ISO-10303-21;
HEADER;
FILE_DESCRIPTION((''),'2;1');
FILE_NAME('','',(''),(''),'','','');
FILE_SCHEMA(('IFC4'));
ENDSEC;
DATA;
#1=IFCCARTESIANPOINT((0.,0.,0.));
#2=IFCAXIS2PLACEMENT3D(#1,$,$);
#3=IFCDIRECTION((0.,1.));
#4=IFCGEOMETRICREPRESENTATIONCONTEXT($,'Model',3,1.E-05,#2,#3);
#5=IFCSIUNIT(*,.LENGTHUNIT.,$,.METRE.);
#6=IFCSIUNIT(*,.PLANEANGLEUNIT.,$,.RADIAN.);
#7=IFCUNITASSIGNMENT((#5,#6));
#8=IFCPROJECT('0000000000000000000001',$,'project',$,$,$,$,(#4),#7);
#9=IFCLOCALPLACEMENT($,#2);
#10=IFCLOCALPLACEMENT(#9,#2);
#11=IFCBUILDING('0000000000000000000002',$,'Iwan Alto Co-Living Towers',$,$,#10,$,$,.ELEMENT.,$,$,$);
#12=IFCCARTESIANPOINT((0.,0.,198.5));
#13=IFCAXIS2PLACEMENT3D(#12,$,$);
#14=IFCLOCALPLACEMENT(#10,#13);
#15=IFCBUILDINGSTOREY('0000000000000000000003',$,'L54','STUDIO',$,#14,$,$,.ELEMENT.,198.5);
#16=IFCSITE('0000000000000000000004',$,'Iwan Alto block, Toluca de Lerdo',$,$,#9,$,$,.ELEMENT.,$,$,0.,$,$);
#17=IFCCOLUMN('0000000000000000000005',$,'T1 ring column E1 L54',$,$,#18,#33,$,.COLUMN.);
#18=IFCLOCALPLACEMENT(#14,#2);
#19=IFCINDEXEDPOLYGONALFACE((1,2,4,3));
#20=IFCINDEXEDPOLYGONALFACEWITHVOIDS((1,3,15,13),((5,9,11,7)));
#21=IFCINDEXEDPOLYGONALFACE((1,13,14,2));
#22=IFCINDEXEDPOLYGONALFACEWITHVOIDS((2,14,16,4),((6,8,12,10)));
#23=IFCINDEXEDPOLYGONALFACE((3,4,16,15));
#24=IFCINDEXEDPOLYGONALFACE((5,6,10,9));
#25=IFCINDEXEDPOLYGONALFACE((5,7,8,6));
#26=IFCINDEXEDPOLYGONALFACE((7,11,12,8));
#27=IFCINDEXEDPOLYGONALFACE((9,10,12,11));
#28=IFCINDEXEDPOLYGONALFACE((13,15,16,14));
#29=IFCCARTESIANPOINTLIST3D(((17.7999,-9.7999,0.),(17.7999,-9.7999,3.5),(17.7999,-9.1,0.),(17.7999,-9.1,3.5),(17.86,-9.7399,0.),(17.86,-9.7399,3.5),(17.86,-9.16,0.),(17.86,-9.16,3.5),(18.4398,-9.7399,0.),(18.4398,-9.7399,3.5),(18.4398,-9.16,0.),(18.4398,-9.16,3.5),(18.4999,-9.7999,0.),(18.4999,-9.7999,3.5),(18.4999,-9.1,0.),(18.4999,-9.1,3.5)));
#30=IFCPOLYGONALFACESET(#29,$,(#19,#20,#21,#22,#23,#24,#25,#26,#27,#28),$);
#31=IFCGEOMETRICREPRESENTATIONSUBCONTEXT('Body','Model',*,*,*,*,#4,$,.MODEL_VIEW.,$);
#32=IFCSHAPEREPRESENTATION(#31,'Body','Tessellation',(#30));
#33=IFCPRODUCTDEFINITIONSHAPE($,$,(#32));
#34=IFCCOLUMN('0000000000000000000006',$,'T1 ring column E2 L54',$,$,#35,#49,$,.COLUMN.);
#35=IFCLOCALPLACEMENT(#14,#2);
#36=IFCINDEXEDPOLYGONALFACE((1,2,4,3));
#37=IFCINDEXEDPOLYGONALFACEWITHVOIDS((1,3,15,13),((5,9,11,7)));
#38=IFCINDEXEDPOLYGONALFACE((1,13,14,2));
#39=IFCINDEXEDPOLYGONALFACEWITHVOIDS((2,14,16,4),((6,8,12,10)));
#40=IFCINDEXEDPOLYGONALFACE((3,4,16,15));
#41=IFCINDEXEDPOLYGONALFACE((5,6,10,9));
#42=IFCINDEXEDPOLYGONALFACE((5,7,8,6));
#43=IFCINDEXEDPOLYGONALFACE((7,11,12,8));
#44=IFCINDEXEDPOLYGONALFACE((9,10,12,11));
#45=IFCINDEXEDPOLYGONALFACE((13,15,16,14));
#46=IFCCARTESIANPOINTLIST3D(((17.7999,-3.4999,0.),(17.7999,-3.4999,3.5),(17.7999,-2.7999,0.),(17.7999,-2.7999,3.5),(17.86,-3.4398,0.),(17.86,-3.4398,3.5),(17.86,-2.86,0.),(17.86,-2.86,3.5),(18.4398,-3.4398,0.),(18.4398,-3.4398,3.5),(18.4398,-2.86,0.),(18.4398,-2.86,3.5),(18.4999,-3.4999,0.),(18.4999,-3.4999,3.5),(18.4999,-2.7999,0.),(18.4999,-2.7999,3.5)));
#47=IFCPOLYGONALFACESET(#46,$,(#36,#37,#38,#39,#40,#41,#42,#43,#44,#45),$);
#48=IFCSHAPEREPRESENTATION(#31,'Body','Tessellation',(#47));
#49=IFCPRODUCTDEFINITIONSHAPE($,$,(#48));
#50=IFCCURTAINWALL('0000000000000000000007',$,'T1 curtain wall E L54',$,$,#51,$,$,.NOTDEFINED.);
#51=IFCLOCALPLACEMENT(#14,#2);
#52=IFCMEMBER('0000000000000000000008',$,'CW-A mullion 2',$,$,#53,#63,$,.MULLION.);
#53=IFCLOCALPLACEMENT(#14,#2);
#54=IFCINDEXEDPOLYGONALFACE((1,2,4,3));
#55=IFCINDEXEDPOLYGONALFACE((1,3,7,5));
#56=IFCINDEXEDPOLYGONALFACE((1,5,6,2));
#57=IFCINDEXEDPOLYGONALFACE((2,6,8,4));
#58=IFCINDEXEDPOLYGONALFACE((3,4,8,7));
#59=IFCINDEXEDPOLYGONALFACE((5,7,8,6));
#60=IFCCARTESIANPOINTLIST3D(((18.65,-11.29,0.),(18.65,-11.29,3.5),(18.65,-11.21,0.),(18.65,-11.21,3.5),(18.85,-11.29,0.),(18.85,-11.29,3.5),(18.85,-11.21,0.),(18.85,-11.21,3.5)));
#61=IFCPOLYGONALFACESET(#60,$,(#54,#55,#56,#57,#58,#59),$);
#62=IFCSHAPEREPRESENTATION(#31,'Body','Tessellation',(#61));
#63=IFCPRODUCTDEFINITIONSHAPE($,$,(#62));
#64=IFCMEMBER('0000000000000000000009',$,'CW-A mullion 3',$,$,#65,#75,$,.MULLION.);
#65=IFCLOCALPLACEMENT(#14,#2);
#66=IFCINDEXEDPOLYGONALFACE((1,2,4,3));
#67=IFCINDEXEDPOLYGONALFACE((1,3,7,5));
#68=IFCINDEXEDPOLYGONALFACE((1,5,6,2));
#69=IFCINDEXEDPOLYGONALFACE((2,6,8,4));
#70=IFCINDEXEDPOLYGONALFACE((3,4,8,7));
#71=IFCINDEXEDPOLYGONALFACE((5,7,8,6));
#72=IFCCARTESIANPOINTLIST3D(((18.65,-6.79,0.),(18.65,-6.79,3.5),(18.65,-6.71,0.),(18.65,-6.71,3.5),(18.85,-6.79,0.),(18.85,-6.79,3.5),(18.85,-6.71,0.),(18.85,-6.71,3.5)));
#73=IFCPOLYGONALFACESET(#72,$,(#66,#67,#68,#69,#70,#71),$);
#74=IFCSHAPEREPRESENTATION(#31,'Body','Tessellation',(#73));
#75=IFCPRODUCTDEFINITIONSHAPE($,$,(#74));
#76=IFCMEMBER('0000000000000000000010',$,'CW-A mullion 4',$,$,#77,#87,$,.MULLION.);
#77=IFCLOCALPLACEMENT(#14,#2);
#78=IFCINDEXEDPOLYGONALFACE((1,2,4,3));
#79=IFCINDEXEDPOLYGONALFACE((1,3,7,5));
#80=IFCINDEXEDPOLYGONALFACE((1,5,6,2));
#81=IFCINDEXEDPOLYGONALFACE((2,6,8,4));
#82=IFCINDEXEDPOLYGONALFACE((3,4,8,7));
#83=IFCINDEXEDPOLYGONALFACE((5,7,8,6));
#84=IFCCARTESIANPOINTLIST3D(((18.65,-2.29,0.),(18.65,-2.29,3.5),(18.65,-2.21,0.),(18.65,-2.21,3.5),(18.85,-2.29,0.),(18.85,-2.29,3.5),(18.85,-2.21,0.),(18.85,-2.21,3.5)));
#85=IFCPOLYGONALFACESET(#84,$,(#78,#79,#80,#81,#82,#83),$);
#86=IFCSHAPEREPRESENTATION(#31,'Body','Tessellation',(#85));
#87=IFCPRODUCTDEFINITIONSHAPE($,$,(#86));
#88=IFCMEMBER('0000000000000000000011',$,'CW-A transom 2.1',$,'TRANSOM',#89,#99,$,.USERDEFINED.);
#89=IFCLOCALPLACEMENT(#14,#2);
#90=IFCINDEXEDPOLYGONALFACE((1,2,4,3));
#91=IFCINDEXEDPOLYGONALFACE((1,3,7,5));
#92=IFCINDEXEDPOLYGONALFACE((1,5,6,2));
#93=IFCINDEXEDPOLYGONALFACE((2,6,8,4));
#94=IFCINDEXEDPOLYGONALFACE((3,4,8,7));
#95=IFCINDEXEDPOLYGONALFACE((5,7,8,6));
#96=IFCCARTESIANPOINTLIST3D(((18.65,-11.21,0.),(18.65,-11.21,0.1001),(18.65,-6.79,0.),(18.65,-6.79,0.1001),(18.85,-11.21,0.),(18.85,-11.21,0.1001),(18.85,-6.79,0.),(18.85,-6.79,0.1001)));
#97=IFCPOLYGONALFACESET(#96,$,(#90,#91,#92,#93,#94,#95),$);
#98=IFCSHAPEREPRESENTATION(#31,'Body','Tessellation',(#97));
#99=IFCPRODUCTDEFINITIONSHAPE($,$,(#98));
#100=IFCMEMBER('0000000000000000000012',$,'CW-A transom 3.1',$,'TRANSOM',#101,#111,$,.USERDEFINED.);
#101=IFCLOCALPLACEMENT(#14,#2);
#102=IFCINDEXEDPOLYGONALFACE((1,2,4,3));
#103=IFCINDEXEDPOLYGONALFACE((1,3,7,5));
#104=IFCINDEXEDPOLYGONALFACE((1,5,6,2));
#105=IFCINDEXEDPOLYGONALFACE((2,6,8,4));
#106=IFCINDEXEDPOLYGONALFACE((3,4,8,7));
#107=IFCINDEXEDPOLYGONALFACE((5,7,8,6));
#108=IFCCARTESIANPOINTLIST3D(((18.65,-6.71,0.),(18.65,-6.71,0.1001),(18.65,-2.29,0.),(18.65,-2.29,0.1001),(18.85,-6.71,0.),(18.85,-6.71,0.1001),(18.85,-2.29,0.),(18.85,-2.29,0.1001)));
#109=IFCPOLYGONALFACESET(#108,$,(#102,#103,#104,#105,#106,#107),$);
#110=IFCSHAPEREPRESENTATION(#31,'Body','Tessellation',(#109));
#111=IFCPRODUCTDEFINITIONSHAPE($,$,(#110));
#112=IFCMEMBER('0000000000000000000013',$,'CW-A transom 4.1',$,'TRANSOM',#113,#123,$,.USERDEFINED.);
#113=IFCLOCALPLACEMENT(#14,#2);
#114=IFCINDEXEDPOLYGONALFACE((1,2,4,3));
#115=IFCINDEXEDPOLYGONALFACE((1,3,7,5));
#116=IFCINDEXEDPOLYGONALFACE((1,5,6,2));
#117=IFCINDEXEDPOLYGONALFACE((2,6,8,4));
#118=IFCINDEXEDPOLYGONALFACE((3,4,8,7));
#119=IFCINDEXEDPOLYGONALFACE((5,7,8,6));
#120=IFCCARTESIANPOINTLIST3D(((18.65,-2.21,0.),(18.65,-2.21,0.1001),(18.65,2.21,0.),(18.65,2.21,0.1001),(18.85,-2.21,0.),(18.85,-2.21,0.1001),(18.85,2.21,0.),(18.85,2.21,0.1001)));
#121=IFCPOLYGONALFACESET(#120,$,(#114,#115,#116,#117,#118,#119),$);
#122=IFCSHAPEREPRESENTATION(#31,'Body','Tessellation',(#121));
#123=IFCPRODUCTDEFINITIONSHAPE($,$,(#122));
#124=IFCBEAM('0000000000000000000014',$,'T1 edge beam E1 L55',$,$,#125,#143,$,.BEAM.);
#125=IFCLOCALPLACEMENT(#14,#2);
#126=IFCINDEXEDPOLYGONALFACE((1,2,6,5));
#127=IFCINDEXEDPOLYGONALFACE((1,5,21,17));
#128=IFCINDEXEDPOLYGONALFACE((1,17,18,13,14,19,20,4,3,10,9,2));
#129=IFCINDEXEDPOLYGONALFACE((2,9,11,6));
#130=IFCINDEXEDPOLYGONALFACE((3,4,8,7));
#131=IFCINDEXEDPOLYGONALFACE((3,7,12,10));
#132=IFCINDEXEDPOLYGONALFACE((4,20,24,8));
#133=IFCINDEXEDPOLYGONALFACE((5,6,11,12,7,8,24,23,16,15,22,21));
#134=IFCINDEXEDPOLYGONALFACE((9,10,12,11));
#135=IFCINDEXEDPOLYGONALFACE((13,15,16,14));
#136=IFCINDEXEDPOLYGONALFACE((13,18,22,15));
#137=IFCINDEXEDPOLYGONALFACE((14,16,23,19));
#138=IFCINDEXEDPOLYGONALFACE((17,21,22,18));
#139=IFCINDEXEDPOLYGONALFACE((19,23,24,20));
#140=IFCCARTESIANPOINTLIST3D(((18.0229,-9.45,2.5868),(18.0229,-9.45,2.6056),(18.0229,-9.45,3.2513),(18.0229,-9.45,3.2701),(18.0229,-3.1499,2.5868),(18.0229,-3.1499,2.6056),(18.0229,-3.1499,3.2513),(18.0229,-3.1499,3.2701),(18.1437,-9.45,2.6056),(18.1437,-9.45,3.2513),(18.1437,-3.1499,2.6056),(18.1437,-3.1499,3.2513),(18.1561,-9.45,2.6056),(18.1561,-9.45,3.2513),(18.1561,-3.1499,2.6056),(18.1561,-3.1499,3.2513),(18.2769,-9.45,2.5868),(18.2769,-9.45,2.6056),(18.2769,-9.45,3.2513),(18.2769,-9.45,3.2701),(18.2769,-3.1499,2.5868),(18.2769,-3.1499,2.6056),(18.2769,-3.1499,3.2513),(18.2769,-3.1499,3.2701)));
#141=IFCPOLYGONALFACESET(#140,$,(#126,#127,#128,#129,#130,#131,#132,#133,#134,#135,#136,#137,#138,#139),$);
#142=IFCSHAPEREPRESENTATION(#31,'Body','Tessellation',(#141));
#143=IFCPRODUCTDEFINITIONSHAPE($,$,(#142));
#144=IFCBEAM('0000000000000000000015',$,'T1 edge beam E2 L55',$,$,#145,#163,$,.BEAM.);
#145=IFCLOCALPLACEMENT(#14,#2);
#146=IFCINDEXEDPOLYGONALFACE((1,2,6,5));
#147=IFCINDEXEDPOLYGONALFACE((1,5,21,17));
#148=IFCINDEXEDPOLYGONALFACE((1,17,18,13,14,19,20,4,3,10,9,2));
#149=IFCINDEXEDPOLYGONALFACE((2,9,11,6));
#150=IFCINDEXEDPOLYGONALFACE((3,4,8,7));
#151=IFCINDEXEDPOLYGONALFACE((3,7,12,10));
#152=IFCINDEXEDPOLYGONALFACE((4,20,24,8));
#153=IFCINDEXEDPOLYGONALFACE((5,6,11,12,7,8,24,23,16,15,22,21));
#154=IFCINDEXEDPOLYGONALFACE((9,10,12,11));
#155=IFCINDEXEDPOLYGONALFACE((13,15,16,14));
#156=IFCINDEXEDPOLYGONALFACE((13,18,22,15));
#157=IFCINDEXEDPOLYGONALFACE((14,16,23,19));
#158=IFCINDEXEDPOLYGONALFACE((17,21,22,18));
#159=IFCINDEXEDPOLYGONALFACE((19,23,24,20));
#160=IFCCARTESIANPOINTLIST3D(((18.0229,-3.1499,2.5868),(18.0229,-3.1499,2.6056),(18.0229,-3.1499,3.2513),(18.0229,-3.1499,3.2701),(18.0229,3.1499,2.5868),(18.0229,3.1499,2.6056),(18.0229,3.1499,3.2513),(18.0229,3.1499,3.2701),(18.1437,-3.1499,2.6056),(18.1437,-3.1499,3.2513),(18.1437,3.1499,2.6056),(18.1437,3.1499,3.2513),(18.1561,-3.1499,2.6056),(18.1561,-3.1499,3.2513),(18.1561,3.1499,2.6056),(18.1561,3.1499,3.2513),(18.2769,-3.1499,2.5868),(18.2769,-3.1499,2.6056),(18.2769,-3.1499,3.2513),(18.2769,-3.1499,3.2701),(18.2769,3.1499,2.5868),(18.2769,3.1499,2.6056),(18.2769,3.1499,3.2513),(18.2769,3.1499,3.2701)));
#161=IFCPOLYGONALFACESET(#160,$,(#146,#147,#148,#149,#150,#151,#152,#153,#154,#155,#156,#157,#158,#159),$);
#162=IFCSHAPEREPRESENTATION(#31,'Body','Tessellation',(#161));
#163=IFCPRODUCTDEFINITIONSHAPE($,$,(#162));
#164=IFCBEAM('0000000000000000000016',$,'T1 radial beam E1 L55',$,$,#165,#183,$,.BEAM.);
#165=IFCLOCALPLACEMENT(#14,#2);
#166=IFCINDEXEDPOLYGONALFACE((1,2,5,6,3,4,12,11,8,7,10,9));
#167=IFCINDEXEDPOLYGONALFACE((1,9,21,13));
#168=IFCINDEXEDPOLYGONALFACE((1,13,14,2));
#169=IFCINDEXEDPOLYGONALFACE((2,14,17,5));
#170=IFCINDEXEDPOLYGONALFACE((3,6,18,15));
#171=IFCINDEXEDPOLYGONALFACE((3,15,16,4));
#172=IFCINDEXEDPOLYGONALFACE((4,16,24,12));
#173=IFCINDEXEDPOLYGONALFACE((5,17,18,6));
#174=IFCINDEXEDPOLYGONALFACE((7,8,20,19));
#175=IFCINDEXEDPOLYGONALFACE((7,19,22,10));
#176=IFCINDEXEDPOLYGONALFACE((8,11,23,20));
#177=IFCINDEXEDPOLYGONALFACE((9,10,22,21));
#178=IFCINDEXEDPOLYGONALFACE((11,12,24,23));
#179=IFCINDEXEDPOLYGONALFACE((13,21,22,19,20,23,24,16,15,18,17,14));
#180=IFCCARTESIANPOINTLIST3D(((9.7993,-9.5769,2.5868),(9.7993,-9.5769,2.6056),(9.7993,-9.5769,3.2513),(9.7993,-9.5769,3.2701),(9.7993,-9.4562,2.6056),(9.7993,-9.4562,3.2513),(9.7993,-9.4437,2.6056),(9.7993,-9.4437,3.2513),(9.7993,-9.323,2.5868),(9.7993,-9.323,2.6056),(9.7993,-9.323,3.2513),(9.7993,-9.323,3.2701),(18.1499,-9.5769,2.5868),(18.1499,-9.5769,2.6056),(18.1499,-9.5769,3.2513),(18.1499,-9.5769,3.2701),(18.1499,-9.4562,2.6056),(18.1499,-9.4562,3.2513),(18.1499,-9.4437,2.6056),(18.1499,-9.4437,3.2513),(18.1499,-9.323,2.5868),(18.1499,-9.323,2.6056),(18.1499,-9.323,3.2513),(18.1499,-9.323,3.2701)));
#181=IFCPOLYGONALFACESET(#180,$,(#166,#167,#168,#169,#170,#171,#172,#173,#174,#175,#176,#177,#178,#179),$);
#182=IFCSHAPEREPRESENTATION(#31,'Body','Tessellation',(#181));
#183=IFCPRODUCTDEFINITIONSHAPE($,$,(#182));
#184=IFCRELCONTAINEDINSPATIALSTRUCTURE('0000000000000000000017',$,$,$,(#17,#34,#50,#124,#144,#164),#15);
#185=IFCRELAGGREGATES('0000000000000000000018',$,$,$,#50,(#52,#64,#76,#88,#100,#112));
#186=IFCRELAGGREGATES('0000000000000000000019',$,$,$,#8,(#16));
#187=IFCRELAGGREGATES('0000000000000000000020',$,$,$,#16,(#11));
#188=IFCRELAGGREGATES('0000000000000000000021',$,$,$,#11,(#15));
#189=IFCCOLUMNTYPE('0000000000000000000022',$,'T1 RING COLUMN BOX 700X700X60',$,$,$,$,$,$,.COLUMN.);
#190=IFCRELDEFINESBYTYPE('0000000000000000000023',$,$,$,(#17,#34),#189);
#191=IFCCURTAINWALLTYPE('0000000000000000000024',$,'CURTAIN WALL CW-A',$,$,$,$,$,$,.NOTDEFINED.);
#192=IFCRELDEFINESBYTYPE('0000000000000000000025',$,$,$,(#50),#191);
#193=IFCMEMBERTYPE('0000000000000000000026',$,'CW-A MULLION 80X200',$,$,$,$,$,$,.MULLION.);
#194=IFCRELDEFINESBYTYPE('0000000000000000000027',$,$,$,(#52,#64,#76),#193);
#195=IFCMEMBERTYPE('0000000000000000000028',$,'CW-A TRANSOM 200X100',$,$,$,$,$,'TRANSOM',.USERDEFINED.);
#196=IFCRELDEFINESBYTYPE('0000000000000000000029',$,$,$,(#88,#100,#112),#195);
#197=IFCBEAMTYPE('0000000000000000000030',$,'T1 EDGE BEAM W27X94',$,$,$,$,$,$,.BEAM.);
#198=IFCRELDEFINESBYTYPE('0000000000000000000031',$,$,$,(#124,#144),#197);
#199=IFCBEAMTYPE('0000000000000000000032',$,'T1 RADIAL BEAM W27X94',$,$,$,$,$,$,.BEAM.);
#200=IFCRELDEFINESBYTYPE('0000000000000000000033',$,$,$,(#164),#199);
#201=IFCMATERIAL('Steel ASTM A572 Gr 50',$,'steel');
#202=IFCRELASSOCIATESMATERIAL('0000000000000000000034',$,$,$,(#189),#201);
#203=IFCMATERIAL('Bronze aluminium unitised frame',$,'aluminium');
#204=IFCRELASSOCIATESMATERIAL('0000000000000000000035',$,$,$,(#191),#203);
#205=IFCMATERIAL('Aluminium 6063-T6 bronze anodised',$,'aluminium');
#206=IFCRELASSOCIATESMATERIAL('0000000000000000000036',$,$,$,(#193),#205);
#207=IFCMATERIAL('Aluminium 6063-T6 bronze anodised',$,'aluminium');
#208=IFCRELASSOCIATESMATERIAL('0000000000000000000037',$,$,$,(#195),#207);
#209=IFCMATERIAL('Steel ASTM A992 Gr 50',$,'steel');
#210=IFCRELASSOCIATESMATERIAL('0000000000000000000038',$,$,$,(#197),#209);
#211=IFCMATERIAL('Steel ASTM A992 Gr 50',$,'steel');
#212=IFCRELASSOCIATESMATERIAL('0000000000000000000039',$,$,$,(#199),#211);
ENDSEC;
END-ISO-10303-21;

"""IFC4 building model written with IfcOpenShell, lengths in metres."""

from ifc_helpers import new_model, si_unit, direction, frame, origin, origin_2d, place, context, subcontext, project, spatial, rectangle, hollow_rectangle, i_section, extrude, material, material_profile, profile_set, type_object, element, aggregate, save


model = new_model("IFC4")

# Units and contexts
model_context = context("Model", 3, precision=1e-05, world=origin(), true_north=direction((0.0, 1.0)))
body_context = subcontext(model_context, "Body", "Model", "MODEL_VIEW")
ifc_project = project(units=[si_unit("LENGTHUNIT", "METRE"), si_unit("PLANEANGLEUNIT", "RADIAN")], contexts=[model_context])

# Site, building, storey
site_placement = place(None, origin())
site = spatial("IfcSite", under=ifc_project, at=site_placement, Name="Iwan Alto block, Toluca de Lerdo", CompositionType="ELEMENT", RefElevation=0.0)
building_placement = place(site_placement, origin())
building = spatial("IfcBuilding", under=site, at=building_placement, Name="Iwan Alto Co-Living Towers", CompositionType="ELEMENT")
storey_placement = place(building_placement, frame((0.0, 0.0, 198.5)))
storey = spatial("IfcBuildingStorey", under=building, at=storey_placement, Name="L54", Description="STUDIO", CompositionType="ELEMENT", Elevation=198.5)

# Columns
ifc_material_1 = material(Name="Steel ASTM A572 Gr 50", Category="steel")
ifc_material_profile_1 = material_profile(ifc_material_1, hollow_rectangle(XDim=0.7, YDim=0.7, WallThickness=0.0601, at=origin_2d()), Name="BOX 700X700X60")
ifc_profile_set_1 = profile_set([ifc_material_profile_1], Name="Steel ASTM A572 Gr 50")
column_type = type_object("IfcColumnType", Name="T1 RING COLUMN BOX 700X700X60", PredefinedType="COLUMN", material=ifc_profile_set_1)
for number, where, z_axis, x_axis, name in (
    (1, (18.1499, -9.45, 0.0), (0.0, 0.0, 1.0), (1.0, 0.0, 0.0), "T1 ring column E1 L54"),
    (2, (18.1499, -3.1499, 0.0), (0.0, 0.0, 1.0), (1.0, 0.0, 0.0), "T1 ring column E2 L54"),
):
    element("IfcColumn", number, at=place(storey_placement, frame(where, z_axis=z_axis, x_axis=x_axis)), inside=storey, type_object=column_type, Name=name, PredefinedType="COLUMN", context=body_context, shape_type="SweptSolid", body=[
        extrude(hollow_rectangle(XDim=0.7, YDim=0.7, WallThickness=0.0601, at=origin_2d()), origin(), (0.0, 0.0, 1.0), 3.5),
    ])

# Curtain wall, members
ifc_material_2 = material(Name="Bronze aluminium unitised frame", Category="aluminium")
curtain_wall_type = type_object("IfcCurtainWallType", Name="CURTAIN WALL CW-A", PredefinedType="NOTDEFINED", material=ifc_material_2)
curtain_wall_placement = place(storey_placement, origin())
curtain_wall = element("IfcCurtainWall", 3, at=curtain_wall_placement, inside=storey, type_object=curtain_wall_type, Name="T1 curtain wall E L54", PredefinedType="NOTDEFINED")
ifc_material_3 = material(Name="Aluminium 6063-T6 bronze anodised", Category="aluminium")
ifc_material_profile_2 = material_profile(ifc_material_3, rectangle(XDim=0.2, YDim=0.0801, at=origin_2d()), Name="AL 80X200")
ifc_profile_set_2 = profile_set([ifc_material_profile_2], Name="Aluminium 6063-T6 bronze anodised")
member_type_1 = type_object("IfcMemberType", Name="CW-A MULLION 80X200", PredefinedType="MULLION", material=ifc_profile_set_2)
member_1_placement = place(storey_placement, frame((18.75, -11.25, 0.0), z_axis=(0.0, 0.0, 1.0), x_axis=(-1.0, 0.0, 0.0)))
member_1 = element("IfcMember", 4, at=member_1_placement, type_object=member_type_1, Name="CW-A mullion 2", PredefinedType="MULLION", context=body_context, shape_type="SweptSolid", body=[
    extrude(rectangle(XDim=0.2, YDim=0.0801, at=origin_2d()), origin(), (0.0, 0.0, 1.0), 3.5),
])
member_2_placement = place(storey_placement, frame((18.75, -6.75, 0.0), z_axis=(0.0, 0.0, 1.0), x_axis=(-1.0, 0.0, 0.0)))
member_2 = element("IfcMember", 5, at=member_2_placement, type_object=member_type_1, Name="CW-A mullion 3", PredefinedType="MULLION", context=body_context, shape_type="SweptSolid", body=[
    extrude(rectangle(XDim=0.2, YDim=0.0801, at=origin_2d()), origin(), (0.0, 0.0, 1.0), 3.5),
])
member_3_placement = place(storey_placement, frame((18.75, -2.25, 0.0), z_axis=(0.0, 0.0, 1.0), x_axis=(-1.0, 0.0, 0.0)))
member_3 = element("IfcMember", 6, at=member_3_placement, type_object=member_type_1, Name="CW-A mullion 4", PredefinedType="MULLION", context=body_context, shape_type="SweptSolid", body=[
    extrude(rectangle(XDim=0.2, YDim=0.0801, at=origin_2d()), origin(), (0.0, 0.0, 1.0), 3.5),
])
ifc_material_4 = material(Name="Aluminium 6063-T6 bronze anodised", Category="aluminium")
ifc_material_profile_3 = material_profile(ifc_material_4, rectangle(XDim=0.2, YDim=0.1001, at=origin_2d()), Name="AL 200X100")
ifc_profile_set_3 = profile_set([ifc_material_profile_3], Name="Aluminium 6063-T6 bronze anodised")
member_type_2 = type_object("IfcMemberType", Name="CW-A TRANSOM 200X100", ElementType="TRANSOM", PredefinedType="USERDEFINED", material=ifc_profile_set_3)
member_4_placement = place(storey_placement, frame((18.75, -11.21, 0.05), z_axis=(0.0, 1.0, 0.0), x_axis=(-1.0, 0.0, 0.0)))
member_4 = element("IfcMember", 7, at=member_4_placement, type_object=member_type_2, Name="CW-A transom 2.1", ObjectType="TRANSOM", PredefinedType="USERDEFINED", context=body_context, shape_type="SweptSolid", body=[
    extrude(rectangle(XDim=0.2, YDim=0.1001, at=origin_2d()), origin(), (0.0, 0.0, 1.0), 4.4199),
])
member_5_placement = place(storey_placement, frame((18.75, -6.71, 0.05), z_axis=(0.0, 1.0, 0.0), x_axis=(-1.0, 0.0, 0.0)))
member_5 = element("IfcMember", 8, at=member_5_placement, type_object=member_type_2, Name="CW-A transom 3.1", ObjectType="TRANSOM", PredefinedType="USERDEFINED", context=body_context, shape_type="SweptSolid", body=[
    extrude(rectangle(XDim=0.2, YDim=0.1001, at=origin_2d()), origin(), (0.0, 0.0, 1.0), 4.4199),
])
member_6_placement = place(storey_placement, frame((18.75, -2.21, 0.05), z_axis=(0.0, 1.0, 0.0), x_axis=(-1.0, 0.0, 0.0)))
member_6 = element("IfcMember", 9, at=member_6_placement, type_object=member_type_2, Name="CW-A transom 4.1", ObjectType="TRANSOM", PredefinedType="USERDEFINED", context=body_context, shape_type="SweptSolid", body=[
    extrude(rectangle(XDim=0.2, YDim=0.1001, at=origin_2d()), origin(), (0.0, 0.0, 1.0), 4.4199),
])

# Beams
ifc_material_5 = material(Name="Steel ASTM A992 Gr 50", Category="steel")
ifc_material_profile_4 = material_profile(ifc_material_5, i_section(OverallWidth=0.2539, OverallDepth=0.6833, WebThickness=0.0125, FlangeThickness=0.0188, at=origin_2d()), Name="W27X94")
ifc_profile_set_4 = profile_set([ifc_material_profile_4], Name="Steel ASTM A992 Gr 50")
beam_type_1 = type_object("IfcBeamType", Name="T1 EDGE BEAM W27X94", PredefinedType="BEAM", material=ifc_profile_set_4)
beam_1_placement = place(storey_placement, frame((18.1499, -9.45, 2.9285), z_axis=(0.0, 1.0, 0.0), x_axis=(-1.0, 0.0, 0.0)))
element("IfcBeam", 10, at=beam_1_placement, inside=storey, type_object=beam_type_1, Name="T1 edge beam E1 L55", PredefinedType="BEAM", context=body_context, shape_type="SweptSolid", body=[
    extrude(i_section(OverallWidth=0.2539, OverallDepth=0.6833, WebThickness=0.0125, FlangeThickness=0.0188, at=origin_2d()), origin(), (0.0, 0.0, 1.0), 6.3),
])
beam_2_placement = place(storey_placement, frame((18.1499, -3.1499, 2.9285), z_axis=(0.0, 1.0, 0.0), x_axis=(-1.0, 0.0, 0.0)))
element("IfcBeam", 11, at=beam_2_placement, inside=storey, type_object=beam_type_1, Name="T1 edge beam E2 L55", PredefinedType="BEAM", context=body_context, shape_type="SweptSolid", body=[
    extrude(i_section(OverallWidth=0.2539, OverallDepth=0.6833, WebThickness=0.0125, FlangeThickness=0.0188, at=origin_2d()), origin(), (0.0, 0.0, 1.0), 6.2998),
])
ifc_material_6 = material(Name="Steel ASTM A992 Gr 50", Category="steel")
ifc_material_profile_5 = material_profile(ifc_material_6, i_section(OverallWidth=0.2539, OverallDepth=0.6833, WebThickness=0.0125, FlangeThickness=0.0188, at=origin_2d()), Name="W27X94")
ifc_profile_set_5 = profile_set([ifc_material_profile_5], Name="Steel ASTM A992 Gr 50")
beam_type_2 = type_object("IfcBeamType", Name="T1 RADIAL BEAM W27X94", PredefinedType="BEAM", material=ifc_profile_set_5)
for number, where, z_axis, x_axis, name in (
    (12, (18.1499, -9.45, 2.9285), (-1.0, 0.0, 0.0), (0.0, -1.0, 0.0), "T1 radial beam E1 L55"),
):
    element("IfcBeam", number, at=place(storey_placement, frame(where, z_axis=z_axis, x_axis=x_axis)), inside=storey, type_object=beam_type_2, Name=name, PredefinedType="BEAM", context=body_context, shape_type="SweptSolid", body=[
        extrude(i_section(OverallWidth=0.2539, OverallDepth=0.6833, WebThickness=0.0125, FlangeThickness=0.0188, at=origin_2d()), origin(), (0.0, 0.0, 1.0), 8.3506),
    ])

aggregate(curtain_wall, [member_1, member_2, member_3, member_4, member_5, member_6])

save(model, "model.ifc")
